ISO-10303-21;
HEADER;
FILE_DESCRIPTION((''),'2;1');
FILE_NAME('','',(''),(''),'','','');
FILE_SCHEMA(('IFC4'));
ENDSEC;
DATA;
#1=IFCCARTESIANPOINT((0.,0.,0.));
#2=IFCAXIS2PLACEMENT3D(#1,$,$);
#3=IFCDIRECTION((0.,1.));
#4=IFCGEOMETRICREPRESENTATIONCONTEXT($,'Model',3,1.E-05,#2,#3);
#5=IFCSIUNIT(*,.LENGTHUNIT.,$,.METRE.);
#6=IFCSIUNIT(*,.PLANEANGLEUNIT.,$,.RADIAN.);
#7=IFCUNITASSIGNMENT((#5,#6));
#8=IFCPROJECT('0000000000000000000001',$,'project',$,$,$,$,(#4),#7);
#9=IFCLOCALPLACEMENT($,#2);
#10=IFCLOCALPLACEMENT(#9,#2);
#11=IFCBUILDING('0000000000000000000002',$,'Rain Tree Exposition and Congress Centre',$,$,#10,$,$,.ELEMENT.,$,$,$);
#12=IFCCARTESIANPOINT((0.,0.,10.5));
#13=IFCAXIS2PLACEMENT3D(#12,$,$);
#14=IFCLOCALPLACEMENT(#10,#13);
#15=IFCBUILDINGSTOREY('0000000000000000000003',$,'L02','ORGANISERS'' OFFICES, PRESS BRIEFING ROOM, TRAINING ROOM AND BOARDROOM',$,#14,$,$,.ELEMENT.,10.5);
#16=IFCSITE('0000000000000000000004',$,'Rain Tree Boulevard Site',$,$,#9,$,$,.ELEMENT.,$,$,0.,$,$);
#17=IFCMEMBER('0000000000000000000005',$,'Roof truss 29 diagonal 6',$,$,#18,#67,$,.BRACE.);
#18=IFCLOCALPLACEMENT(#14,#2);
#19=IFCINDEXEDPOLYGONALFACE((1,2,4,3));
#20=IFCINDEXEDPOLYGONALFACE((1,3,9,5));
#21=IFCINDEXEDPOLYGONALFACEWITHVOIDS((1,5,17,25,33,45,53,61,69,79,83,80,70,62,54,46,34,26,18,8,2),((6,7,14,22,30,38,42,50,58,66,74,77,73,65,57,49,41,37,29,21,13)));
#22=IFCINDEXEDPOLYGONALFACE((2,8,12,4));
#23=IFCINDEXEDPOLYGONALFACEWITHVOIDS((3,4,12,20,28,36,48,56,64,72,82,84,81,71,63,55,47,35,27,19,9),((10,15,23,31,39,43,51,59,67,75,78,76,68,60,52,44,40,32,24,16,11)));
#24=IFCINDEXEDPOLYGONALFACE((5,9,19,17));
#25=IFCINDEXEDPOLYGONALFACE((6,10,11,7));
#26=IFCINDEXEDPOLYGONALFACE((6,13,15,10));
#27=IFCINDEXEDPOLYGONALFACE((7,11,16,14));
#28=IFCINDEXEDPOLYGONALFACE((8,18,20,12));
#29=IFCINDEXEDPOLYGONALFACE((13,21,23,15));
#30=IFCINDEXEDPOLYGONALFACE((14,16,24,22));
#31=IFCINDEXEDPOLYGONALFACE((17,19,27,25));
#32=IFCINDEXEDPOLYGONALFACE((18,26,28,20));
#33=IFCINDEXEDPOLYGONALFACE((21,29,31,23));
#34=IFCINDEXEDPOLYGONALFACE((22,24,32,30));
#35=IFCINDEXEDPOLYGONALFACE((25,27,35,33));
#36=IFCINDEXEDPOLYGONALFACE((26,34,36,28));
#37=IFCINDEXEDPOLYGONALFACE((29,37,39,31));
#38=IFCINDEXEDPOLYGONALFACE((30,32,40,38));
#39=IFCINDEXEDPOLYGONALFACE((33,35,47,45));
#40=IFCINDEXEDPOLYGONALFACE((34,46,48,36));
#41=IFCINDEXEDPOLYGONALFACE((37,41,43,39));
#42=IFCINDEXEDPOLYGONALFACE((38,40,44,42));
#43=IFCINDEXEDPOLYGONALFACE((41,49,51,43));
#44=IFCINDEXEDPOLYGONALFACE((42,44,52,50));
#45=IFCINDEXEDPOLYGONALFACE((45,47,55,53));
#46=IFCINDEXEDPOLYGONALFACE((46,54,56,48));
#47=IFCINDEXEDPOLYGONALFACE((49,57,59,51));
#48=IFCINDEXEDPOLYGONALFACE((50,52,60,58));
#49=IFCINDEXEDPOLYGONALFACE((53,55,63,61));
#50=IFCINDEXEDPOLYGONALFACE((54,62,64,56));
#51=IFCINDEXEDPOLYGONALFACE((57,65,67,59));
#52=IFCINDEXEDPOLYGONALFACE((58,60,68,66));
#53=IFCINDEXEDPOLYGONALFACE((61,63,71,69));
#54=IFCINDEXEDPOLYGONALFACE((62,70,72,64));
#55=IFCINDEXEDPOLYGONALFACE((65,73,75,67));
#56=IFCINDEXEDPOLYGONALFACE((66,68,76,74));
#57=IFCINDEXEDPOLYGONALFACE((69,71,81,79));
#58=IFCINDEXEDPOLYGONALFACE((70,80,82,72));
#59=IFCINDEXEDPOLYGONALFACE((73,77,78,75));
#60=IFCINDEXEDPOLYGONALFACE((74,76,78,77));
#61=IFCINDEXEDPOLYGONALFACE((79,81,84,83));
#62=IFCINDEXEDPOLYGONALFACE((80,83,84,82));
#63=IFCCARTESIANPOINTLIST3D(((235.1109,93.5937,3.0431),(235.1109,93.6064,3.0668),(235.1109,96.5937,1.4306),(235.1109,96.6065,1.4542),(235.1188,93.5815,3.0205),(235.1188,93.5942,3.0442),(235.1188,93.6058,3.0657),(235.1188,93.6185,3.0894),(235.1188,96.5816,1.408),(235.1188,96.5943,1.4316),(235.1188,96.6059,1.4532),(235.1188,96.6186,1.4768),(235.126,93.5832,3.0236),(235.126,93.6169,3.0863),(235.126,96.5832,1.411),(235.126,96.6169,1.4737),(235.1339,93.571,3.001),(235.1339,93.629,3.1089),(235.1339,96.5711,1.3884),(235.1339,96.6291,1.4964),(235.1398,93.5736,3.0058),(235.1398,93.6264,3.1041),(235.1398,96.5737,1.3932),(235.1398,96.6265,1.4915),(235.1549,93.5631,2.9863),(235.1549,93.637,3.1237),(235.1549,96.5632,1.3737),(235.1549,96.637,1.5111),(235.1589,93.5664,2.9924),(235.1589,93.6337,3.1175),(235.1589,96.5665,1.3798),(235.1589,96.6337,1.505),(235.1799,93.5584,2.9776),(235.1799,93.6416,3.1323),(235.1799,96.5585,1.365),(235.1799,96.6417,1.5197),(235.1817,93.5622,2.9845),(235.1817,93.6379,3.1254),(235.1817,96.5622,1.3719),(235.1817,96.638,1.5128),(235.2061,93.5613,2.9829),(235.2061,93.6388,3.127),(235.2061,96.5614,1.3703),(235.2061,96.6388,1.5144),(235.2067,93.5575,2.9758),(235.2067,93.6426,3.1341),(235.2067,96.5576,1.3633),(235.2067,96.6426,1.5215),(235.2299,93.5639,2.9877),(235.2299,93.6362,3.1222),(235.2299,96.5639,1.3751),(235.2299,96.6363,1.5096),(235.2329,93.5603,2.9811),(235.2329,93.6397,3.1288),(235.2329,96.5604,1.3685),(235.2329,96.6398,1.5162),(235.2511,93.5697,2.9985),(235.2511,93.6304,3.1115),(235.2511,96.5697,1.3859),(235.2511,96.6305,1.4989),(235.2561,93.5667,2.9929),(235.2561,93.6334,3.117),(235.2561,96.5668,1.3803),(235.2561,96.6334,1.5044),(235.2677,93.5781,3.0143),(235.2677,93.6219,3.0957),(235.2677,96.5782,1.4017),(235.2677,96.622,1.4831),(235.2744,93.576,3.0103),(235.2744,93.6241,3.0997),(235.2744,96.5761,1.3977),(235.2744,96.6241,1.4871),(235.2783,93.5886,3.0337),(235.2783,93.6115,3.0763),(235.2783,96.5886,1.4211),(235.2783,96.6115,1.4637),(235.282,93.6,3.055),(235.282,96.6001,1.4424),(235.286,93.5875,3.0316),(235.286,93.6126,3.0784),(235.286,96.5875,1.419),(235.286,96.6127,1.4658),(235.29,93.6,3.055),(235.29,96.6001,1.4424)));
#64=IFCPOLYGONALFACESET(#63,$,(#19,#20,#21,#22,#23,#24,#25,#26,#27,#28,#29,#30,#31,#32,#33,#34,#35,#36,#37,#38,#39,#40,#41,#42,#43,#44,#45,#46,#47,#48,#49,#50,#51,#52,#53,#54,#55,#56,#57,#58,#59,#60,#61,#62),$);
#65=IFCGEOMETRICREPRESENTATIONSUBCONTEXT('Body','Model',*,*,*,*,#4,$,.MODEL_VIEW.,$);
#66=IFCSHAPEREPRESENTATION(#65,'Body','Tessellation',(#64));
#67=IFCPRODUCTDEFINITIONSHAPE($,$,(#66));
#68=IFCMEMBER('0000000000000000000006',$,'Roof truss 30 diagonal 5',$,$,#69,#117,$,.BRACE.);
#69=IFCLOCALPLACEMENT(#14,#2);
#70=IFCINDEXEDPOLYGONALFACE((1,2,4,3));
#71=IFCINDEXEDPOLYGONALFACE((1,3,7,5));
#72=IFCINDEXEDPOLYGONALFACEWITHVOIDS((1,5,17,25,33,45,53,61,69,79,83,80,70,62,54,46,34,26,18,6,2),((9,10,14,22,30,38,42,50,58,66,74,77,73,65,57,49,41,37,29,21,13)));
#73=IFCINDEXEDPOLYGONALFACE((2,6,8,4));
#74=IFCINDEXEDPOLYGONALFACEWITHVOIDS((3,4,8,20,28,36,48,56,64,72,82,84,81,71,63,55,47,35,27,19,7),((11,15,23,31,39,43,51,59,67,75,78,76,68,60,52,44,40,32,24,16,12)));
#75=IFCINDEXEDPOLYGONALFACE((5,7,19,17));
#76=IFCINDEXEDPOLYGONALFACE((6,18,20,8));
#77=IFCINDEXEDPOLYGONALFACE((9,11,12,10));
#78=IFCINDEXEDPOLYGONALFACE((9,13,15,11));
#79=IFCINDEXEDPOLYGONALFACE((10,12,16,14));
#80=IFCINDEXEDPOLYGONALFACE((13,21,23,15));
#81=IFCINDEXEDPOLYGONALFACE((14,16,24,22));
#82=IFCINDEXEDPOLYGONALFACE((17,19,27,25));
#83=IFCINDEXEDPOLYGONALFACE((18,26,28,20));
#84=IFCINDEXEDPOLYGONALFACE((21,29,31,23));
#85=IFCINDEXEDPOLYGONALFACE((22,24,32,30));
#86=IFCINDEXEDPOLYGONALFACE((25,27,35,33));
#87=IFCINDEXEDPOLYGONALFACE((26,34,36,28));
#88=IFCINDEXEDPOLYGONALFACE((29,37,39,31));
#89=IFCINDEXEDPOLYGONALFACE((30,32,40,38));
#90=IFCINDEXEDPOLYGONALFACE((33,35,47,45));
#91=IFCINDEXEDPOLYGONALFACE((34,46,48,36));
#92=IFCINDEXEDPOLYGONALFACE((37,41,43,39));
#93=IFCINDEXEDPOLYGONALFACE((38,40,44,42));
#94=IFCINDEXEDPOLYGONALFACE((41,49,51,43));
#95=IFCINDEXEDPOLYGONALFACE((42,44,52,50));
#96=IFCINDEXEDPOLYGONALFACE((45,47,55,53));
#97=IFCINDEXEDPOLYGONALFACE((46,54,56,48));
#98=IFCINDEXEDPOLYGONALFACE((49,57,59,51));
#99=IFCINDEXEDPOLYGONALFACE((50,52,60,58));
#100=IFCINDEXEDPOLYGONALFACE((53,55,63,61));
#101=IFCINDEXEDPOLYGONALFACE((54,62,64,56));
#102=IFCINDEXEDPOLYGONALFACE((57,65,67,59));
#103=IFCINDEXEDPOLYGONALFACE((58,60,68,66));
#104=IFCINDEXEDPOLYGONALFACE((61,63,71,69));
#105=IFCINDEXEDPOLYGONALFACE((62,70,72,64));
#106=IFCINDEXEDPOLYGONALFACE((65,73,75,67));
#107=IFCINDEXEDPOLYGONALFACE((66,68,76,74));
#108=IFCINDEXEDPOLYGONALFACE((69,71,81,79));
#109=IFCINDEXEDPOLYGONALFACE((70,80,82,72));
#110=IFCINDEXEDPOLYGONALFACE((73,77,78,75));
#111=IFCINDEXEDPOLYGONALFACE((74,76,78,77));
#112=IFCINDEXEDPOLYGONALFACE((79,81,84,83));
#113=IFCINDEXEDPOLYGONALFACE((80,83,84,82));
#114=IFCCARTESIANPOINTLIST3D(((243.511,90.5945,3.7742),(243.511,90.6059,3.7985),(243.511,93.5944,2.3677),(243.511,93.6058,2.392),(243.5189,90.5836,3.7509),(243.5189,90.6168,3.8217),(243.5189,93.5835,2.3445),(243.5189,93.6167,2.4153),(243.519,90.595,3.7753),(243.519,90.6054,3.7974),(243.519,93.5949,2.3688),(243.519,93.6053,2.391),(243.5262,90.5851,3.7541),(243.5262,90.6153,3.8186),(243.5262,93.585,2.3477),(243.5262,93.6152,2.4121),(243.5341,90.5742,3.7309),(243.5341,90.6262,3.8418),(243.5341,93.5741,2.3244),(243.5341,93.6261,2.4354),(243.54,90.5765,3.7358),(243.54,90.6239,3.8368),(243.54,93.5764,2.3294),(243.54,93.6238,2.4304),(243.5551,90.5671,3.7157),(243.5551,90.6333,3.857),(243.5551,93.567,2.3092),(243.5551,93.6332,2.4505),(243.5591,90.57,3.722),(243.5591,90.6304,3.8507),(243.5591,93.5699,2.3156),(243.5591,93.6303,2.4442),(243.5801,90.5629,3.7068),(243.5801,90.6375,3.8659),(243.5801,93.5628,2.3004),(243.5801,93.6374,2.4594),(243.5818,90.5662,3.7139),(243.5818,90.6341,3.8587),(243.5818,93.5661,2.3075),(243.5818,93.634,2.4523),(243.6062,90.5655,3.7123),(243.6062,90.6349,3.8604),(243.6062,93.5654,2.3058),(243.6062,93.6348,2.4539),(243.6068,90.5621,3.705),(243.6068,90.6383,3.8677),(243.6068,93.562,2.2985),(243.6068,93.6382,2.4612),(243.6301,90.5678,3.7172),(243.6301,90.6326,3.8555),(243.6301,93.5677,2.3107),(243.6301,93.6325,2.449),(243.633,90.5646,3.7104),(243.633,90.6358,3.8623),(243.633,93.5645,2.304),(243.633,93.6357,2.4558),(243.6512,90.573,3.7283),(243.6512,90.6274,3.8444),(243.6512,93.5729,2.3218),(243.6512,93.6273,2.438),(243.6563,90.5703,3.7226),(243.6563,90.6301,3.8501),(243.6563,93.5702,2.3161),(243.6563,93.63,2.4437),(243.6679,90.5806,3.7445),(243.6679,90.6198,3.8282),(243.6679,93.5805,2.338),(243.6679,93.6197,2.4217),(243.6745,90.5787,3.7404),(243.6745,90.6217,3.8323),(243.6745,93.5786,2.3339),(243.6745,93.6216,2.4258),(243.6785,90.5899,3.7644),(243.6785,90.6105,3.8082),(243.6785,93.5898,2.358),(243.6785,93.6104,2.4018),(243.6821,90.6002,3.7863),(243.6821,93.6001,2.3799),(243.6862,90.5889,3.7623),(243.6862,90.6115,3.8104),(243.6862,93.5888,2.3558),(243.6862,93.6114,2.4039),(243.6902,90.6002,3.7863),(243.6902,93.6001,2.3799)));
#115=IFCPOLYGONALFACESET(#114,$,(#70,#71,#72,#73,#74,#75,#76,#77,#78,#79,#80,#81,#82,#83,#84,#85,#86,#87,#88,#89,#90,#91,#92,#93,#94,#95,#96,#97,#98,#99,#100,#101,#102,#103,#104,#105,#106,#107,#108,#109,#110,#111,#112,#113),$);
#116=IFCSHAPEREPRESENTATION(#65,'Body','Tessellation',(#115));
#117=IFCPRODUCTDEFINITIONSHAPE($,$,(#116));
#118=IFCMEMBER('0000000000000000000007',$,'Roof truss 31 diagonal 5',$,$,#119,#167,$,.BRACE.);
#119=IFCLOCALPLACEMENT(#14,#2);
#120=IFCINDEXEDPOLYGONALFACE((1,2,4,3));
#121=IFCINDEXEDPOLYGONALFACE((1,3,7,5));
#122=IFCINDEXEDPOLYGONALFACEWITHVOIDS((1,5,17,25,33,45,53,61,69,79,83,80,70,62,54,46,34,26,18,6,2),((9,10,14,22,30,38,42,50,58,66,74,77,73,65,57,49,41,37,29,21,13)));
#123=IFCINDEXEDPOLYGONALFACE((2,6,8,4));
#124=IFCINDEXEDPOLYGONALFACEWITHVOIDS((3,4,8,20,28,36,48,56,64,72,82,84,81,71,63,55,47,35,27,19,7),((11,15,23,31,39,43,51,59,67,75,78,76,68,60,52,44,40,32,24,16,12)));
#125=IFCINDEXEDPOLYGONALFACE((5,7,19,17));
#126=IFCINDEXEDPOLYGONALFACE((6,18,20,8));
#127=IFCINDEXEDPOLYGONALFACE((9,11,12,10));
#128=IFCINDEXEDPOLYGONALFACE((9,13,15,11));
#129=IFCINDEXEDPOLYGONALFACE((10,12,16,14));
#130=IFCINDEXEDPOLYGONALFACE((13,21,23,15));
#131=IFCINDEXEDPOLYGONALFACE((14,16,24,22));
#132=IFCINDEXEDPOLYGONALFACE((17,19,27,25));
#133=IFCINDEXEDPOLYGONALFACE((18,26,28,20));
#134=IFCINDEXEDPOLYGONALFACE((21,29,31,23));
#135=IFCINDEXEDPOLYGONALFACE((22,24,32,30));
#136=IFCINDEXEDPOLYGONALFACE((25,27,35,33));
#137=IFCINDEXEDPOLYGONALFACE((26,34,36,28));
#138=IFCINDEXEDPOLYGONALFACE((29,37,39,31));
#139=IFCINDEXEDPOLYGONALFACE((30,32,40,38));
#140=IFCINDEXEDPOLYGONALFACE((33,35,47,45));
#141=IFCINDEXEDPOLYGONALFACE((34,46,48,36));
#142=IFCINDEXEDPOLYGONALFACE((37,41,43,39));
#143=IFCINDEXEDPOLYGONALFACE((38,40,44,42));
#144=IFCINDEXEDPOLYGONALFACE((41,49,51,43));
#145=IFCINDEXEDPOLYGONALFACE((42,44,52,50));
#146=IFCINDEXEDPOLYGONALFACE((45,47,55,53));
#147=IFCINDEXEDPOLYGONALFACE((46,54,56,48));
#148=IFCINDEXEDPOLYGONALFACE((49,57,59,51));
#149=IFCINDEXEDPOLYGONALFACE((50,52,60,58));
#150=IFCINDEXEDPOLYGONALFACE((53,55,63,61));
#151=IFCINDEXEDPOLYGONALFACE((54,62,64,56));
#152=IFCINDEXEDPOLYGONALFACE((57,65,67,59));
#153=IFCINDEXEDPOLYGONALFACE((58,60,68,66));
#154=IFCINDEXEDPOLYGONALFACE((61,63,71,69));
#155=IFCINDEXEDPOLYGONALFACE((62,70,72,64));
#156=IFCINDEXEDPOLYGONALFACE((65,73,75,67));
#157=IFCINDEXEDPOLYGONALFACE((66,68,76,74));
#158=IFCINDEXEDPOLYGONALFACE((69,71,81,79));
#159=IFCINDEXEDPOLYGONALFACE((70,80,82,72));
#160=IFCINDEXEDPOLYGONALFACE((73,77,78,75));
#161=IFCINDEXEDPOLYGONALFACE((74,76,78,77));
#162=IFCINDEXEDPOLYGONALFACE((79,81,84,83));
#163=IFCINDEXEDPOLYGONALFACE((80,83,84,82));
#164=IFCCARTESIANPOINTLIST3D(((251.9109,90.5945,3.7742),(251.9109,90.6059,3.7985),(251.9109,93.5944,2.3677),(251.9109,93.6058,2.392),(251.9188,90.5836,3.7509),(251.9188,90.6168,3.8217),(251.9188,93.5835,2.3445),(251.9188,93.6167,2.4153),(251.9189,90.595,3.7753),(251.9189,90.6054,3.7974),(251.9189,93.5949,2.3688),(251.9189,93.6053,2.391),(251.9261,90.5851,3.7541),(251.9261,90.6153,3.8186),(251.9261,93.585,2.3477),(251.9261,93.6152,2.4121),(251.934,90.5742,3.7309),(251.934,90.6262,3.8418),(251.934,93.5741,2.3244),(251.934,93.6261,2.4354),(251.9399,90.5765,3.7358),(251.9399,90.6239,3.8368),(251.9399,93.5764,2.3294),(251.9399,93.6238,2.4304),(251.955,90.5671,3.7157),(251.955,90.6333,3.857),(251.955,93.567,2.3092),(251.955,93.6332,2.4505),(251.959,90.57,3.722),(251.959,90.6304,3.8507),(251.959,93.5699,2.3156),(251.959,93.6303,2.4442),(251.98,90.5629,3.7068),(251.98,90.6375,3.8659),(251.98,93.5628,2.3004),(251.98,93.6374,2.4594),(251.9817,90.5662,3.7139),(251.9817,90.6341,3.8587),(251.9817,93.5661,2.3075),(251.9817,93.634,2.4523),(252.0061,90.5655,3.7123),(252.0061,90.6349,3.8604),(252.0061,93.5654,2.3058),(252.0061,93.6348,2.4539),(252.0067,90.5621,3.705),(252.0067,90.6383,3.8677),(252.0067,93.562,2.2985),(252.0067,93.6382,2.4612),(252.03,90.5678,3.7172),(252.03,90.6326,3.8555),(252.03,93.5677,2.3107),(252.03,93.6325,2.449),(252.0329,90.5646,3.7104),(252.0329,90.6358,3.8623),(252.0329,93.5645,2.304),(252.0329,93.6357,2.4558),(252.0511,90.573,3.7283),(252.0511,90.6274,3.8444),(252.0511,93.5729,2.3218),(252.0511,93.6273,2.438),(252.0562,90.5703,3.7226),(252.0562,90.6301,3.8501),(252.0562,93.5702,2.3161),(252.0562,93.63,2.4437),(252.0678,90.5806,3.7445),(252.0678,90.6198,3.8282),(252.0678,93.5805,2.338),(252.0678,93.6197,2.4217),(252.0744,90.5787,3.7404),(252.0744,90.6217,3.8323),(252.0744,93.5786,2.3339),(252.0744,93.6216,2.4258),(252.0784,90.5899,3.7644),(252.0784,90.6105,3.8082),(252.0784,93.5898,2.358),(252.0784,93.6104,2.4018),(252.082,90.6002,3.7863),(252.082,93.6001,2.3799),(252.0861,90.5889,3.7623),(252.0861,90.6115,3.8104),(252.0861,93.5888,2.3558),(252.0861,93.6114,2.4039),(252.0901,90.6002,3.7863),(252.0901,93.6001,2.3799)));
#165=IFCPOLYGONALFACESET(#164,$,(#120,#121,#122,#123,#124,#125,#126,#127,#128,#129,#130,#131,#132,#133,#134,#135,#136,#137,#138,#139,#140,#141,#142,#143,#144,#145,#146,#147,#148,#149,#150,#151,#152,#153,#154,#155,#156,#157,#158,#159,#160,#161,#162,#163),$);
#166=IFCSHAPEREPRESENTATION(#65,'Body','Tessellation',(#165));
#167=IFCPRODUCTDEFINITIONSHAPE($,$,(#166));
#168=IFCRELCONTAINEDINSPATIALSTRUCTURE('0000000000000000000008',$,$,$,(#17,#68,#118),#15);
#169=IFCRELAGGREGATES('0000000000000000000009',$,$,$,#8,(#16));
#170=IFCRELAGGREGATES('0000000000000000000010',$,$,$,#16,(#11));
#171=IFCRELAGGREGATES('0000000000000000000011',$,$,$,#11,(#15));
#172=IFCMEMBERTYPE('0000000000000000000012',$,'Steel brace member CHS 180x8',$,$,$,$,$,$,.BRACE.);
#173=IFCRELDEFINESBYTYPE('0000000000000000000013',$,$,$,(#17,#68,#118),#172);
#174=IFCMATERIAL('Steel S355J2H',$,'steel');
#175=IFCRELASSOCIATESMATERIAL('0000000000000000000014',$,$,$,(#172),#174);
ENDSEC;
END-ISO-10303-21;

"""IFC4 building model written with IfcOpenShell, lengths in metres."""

from ifc_helpers import new_model, si_unit, direction, frame, origin, origin_2d, place, context, subcontext, project, spatial, hollow_circle, extrude, material, material_profile, profile_set, type_object, element, save


model = new_model("IFC4")

# Units and contexts
model_context = context("Model", 3, precision=1e-05, world=origin(), true_north=direction((0.0, 1.0)))
body_context = subcontext(model_context, "Body", "Model", "MODEL_VIEW")
ifc_project = project(units=[si_unit("LENGTHUNIT", "METRE"), si_unit("PLANEANGLEUNIT", "RADIAN")], contexts=[model_context])

# Site, building, storey
site_placement = place(None, origin())
site = spatial("IfcSite", under=ifc_project, at=site_placement, Name="Rain Tree Boulevard Site", CompositionType="ELEMENT", RefElevation=0.0)
building_placement = place(site_placement, origin())
building = spatial("IfcBuilding", under=site, at=building_placement, Name="Rain Tree Exposition and Congress Centre", CompositionType="ELEMENT")
storey_placement = place(building_placement, frame((0.0, 0.0, 10.5)))
storey = spatial("IfcBuildingStorey", under=building, at=storey_placement, Name="L02", Description="ORGANISERS' OFFICES, PRESS BRIEFING ROOM, TRAINING ROOM AND BOARDROOM", CompositionType="ELEMENT", Elevation=10.5)

# Members
ifc_material_1 = material(Name="Steel S355J2H", Category="steel")
ifc_material_profile_1 = material_profile(ifc_material_1, hollow_circle(Radius=0.0901, WallThickness=0.0081, at=origin_2d()), Name="CHS 180x8")
ifc_profile_set_1 = profile_set([ifc_material_profile_1], Name="Steel S355J2H")
member_type_1 = type_object("IfcMemberType", Name="Steel brace member CHS 180x8", PredefinedType="BRACE", material=ifc_profile_set_1)
member_1_placement = place(storey_placement, frame((235.2, 96.6001, 1.4424), z_axis=(0.0, -0.880818, 0.473454), x_axis=(1.0, 0.0, 0.0)))
element("IfcMember", 1, at=member_1_placement, inside=storey, type_object=member_type_1, Name="Roof truss 29 diagonal 6", PredefinedType="BRACE", context=body_context, shape_type="SweptSolid", body=[
    extrude(hollow_circle(Radius=0.0901, WallThickness=0.0081, at=origin_2d()), origin(), (0.0, 0.0, 1.0), 3.406),
])
for number, where, z_axis, x_axis, name in (
    (2, (243.6001, 93.6001, 2.3799), (0.0, -0.905431, 0.424494), (1.0, 0.0, 0.0), "Roof truss 30 diagonal 5"),
    (3, (252.0, 93.6001, 2.3799), (0.0, -0.905431, 0.424494), (1.0, 0.0, 0.0), "Roof truss 31 diagonal 5"),
):
    element("IfcMember", number, at=place(storey_placement, frame(where, z_axis=z_axis, x_axis=x_axis)), inside=storey, type_object=member_type_1, Name=name, PredefinedType="BRACE", context=body_context, shape_type="SweptSolid", body=[
        extrude(hollow_circle(Radius=0.0901, WallThickness=0.0081, at=origin_2d()), origin(), (0.0, 0.0, 1.0), 3.3132),
    ])

save(model, "model.ifc")
